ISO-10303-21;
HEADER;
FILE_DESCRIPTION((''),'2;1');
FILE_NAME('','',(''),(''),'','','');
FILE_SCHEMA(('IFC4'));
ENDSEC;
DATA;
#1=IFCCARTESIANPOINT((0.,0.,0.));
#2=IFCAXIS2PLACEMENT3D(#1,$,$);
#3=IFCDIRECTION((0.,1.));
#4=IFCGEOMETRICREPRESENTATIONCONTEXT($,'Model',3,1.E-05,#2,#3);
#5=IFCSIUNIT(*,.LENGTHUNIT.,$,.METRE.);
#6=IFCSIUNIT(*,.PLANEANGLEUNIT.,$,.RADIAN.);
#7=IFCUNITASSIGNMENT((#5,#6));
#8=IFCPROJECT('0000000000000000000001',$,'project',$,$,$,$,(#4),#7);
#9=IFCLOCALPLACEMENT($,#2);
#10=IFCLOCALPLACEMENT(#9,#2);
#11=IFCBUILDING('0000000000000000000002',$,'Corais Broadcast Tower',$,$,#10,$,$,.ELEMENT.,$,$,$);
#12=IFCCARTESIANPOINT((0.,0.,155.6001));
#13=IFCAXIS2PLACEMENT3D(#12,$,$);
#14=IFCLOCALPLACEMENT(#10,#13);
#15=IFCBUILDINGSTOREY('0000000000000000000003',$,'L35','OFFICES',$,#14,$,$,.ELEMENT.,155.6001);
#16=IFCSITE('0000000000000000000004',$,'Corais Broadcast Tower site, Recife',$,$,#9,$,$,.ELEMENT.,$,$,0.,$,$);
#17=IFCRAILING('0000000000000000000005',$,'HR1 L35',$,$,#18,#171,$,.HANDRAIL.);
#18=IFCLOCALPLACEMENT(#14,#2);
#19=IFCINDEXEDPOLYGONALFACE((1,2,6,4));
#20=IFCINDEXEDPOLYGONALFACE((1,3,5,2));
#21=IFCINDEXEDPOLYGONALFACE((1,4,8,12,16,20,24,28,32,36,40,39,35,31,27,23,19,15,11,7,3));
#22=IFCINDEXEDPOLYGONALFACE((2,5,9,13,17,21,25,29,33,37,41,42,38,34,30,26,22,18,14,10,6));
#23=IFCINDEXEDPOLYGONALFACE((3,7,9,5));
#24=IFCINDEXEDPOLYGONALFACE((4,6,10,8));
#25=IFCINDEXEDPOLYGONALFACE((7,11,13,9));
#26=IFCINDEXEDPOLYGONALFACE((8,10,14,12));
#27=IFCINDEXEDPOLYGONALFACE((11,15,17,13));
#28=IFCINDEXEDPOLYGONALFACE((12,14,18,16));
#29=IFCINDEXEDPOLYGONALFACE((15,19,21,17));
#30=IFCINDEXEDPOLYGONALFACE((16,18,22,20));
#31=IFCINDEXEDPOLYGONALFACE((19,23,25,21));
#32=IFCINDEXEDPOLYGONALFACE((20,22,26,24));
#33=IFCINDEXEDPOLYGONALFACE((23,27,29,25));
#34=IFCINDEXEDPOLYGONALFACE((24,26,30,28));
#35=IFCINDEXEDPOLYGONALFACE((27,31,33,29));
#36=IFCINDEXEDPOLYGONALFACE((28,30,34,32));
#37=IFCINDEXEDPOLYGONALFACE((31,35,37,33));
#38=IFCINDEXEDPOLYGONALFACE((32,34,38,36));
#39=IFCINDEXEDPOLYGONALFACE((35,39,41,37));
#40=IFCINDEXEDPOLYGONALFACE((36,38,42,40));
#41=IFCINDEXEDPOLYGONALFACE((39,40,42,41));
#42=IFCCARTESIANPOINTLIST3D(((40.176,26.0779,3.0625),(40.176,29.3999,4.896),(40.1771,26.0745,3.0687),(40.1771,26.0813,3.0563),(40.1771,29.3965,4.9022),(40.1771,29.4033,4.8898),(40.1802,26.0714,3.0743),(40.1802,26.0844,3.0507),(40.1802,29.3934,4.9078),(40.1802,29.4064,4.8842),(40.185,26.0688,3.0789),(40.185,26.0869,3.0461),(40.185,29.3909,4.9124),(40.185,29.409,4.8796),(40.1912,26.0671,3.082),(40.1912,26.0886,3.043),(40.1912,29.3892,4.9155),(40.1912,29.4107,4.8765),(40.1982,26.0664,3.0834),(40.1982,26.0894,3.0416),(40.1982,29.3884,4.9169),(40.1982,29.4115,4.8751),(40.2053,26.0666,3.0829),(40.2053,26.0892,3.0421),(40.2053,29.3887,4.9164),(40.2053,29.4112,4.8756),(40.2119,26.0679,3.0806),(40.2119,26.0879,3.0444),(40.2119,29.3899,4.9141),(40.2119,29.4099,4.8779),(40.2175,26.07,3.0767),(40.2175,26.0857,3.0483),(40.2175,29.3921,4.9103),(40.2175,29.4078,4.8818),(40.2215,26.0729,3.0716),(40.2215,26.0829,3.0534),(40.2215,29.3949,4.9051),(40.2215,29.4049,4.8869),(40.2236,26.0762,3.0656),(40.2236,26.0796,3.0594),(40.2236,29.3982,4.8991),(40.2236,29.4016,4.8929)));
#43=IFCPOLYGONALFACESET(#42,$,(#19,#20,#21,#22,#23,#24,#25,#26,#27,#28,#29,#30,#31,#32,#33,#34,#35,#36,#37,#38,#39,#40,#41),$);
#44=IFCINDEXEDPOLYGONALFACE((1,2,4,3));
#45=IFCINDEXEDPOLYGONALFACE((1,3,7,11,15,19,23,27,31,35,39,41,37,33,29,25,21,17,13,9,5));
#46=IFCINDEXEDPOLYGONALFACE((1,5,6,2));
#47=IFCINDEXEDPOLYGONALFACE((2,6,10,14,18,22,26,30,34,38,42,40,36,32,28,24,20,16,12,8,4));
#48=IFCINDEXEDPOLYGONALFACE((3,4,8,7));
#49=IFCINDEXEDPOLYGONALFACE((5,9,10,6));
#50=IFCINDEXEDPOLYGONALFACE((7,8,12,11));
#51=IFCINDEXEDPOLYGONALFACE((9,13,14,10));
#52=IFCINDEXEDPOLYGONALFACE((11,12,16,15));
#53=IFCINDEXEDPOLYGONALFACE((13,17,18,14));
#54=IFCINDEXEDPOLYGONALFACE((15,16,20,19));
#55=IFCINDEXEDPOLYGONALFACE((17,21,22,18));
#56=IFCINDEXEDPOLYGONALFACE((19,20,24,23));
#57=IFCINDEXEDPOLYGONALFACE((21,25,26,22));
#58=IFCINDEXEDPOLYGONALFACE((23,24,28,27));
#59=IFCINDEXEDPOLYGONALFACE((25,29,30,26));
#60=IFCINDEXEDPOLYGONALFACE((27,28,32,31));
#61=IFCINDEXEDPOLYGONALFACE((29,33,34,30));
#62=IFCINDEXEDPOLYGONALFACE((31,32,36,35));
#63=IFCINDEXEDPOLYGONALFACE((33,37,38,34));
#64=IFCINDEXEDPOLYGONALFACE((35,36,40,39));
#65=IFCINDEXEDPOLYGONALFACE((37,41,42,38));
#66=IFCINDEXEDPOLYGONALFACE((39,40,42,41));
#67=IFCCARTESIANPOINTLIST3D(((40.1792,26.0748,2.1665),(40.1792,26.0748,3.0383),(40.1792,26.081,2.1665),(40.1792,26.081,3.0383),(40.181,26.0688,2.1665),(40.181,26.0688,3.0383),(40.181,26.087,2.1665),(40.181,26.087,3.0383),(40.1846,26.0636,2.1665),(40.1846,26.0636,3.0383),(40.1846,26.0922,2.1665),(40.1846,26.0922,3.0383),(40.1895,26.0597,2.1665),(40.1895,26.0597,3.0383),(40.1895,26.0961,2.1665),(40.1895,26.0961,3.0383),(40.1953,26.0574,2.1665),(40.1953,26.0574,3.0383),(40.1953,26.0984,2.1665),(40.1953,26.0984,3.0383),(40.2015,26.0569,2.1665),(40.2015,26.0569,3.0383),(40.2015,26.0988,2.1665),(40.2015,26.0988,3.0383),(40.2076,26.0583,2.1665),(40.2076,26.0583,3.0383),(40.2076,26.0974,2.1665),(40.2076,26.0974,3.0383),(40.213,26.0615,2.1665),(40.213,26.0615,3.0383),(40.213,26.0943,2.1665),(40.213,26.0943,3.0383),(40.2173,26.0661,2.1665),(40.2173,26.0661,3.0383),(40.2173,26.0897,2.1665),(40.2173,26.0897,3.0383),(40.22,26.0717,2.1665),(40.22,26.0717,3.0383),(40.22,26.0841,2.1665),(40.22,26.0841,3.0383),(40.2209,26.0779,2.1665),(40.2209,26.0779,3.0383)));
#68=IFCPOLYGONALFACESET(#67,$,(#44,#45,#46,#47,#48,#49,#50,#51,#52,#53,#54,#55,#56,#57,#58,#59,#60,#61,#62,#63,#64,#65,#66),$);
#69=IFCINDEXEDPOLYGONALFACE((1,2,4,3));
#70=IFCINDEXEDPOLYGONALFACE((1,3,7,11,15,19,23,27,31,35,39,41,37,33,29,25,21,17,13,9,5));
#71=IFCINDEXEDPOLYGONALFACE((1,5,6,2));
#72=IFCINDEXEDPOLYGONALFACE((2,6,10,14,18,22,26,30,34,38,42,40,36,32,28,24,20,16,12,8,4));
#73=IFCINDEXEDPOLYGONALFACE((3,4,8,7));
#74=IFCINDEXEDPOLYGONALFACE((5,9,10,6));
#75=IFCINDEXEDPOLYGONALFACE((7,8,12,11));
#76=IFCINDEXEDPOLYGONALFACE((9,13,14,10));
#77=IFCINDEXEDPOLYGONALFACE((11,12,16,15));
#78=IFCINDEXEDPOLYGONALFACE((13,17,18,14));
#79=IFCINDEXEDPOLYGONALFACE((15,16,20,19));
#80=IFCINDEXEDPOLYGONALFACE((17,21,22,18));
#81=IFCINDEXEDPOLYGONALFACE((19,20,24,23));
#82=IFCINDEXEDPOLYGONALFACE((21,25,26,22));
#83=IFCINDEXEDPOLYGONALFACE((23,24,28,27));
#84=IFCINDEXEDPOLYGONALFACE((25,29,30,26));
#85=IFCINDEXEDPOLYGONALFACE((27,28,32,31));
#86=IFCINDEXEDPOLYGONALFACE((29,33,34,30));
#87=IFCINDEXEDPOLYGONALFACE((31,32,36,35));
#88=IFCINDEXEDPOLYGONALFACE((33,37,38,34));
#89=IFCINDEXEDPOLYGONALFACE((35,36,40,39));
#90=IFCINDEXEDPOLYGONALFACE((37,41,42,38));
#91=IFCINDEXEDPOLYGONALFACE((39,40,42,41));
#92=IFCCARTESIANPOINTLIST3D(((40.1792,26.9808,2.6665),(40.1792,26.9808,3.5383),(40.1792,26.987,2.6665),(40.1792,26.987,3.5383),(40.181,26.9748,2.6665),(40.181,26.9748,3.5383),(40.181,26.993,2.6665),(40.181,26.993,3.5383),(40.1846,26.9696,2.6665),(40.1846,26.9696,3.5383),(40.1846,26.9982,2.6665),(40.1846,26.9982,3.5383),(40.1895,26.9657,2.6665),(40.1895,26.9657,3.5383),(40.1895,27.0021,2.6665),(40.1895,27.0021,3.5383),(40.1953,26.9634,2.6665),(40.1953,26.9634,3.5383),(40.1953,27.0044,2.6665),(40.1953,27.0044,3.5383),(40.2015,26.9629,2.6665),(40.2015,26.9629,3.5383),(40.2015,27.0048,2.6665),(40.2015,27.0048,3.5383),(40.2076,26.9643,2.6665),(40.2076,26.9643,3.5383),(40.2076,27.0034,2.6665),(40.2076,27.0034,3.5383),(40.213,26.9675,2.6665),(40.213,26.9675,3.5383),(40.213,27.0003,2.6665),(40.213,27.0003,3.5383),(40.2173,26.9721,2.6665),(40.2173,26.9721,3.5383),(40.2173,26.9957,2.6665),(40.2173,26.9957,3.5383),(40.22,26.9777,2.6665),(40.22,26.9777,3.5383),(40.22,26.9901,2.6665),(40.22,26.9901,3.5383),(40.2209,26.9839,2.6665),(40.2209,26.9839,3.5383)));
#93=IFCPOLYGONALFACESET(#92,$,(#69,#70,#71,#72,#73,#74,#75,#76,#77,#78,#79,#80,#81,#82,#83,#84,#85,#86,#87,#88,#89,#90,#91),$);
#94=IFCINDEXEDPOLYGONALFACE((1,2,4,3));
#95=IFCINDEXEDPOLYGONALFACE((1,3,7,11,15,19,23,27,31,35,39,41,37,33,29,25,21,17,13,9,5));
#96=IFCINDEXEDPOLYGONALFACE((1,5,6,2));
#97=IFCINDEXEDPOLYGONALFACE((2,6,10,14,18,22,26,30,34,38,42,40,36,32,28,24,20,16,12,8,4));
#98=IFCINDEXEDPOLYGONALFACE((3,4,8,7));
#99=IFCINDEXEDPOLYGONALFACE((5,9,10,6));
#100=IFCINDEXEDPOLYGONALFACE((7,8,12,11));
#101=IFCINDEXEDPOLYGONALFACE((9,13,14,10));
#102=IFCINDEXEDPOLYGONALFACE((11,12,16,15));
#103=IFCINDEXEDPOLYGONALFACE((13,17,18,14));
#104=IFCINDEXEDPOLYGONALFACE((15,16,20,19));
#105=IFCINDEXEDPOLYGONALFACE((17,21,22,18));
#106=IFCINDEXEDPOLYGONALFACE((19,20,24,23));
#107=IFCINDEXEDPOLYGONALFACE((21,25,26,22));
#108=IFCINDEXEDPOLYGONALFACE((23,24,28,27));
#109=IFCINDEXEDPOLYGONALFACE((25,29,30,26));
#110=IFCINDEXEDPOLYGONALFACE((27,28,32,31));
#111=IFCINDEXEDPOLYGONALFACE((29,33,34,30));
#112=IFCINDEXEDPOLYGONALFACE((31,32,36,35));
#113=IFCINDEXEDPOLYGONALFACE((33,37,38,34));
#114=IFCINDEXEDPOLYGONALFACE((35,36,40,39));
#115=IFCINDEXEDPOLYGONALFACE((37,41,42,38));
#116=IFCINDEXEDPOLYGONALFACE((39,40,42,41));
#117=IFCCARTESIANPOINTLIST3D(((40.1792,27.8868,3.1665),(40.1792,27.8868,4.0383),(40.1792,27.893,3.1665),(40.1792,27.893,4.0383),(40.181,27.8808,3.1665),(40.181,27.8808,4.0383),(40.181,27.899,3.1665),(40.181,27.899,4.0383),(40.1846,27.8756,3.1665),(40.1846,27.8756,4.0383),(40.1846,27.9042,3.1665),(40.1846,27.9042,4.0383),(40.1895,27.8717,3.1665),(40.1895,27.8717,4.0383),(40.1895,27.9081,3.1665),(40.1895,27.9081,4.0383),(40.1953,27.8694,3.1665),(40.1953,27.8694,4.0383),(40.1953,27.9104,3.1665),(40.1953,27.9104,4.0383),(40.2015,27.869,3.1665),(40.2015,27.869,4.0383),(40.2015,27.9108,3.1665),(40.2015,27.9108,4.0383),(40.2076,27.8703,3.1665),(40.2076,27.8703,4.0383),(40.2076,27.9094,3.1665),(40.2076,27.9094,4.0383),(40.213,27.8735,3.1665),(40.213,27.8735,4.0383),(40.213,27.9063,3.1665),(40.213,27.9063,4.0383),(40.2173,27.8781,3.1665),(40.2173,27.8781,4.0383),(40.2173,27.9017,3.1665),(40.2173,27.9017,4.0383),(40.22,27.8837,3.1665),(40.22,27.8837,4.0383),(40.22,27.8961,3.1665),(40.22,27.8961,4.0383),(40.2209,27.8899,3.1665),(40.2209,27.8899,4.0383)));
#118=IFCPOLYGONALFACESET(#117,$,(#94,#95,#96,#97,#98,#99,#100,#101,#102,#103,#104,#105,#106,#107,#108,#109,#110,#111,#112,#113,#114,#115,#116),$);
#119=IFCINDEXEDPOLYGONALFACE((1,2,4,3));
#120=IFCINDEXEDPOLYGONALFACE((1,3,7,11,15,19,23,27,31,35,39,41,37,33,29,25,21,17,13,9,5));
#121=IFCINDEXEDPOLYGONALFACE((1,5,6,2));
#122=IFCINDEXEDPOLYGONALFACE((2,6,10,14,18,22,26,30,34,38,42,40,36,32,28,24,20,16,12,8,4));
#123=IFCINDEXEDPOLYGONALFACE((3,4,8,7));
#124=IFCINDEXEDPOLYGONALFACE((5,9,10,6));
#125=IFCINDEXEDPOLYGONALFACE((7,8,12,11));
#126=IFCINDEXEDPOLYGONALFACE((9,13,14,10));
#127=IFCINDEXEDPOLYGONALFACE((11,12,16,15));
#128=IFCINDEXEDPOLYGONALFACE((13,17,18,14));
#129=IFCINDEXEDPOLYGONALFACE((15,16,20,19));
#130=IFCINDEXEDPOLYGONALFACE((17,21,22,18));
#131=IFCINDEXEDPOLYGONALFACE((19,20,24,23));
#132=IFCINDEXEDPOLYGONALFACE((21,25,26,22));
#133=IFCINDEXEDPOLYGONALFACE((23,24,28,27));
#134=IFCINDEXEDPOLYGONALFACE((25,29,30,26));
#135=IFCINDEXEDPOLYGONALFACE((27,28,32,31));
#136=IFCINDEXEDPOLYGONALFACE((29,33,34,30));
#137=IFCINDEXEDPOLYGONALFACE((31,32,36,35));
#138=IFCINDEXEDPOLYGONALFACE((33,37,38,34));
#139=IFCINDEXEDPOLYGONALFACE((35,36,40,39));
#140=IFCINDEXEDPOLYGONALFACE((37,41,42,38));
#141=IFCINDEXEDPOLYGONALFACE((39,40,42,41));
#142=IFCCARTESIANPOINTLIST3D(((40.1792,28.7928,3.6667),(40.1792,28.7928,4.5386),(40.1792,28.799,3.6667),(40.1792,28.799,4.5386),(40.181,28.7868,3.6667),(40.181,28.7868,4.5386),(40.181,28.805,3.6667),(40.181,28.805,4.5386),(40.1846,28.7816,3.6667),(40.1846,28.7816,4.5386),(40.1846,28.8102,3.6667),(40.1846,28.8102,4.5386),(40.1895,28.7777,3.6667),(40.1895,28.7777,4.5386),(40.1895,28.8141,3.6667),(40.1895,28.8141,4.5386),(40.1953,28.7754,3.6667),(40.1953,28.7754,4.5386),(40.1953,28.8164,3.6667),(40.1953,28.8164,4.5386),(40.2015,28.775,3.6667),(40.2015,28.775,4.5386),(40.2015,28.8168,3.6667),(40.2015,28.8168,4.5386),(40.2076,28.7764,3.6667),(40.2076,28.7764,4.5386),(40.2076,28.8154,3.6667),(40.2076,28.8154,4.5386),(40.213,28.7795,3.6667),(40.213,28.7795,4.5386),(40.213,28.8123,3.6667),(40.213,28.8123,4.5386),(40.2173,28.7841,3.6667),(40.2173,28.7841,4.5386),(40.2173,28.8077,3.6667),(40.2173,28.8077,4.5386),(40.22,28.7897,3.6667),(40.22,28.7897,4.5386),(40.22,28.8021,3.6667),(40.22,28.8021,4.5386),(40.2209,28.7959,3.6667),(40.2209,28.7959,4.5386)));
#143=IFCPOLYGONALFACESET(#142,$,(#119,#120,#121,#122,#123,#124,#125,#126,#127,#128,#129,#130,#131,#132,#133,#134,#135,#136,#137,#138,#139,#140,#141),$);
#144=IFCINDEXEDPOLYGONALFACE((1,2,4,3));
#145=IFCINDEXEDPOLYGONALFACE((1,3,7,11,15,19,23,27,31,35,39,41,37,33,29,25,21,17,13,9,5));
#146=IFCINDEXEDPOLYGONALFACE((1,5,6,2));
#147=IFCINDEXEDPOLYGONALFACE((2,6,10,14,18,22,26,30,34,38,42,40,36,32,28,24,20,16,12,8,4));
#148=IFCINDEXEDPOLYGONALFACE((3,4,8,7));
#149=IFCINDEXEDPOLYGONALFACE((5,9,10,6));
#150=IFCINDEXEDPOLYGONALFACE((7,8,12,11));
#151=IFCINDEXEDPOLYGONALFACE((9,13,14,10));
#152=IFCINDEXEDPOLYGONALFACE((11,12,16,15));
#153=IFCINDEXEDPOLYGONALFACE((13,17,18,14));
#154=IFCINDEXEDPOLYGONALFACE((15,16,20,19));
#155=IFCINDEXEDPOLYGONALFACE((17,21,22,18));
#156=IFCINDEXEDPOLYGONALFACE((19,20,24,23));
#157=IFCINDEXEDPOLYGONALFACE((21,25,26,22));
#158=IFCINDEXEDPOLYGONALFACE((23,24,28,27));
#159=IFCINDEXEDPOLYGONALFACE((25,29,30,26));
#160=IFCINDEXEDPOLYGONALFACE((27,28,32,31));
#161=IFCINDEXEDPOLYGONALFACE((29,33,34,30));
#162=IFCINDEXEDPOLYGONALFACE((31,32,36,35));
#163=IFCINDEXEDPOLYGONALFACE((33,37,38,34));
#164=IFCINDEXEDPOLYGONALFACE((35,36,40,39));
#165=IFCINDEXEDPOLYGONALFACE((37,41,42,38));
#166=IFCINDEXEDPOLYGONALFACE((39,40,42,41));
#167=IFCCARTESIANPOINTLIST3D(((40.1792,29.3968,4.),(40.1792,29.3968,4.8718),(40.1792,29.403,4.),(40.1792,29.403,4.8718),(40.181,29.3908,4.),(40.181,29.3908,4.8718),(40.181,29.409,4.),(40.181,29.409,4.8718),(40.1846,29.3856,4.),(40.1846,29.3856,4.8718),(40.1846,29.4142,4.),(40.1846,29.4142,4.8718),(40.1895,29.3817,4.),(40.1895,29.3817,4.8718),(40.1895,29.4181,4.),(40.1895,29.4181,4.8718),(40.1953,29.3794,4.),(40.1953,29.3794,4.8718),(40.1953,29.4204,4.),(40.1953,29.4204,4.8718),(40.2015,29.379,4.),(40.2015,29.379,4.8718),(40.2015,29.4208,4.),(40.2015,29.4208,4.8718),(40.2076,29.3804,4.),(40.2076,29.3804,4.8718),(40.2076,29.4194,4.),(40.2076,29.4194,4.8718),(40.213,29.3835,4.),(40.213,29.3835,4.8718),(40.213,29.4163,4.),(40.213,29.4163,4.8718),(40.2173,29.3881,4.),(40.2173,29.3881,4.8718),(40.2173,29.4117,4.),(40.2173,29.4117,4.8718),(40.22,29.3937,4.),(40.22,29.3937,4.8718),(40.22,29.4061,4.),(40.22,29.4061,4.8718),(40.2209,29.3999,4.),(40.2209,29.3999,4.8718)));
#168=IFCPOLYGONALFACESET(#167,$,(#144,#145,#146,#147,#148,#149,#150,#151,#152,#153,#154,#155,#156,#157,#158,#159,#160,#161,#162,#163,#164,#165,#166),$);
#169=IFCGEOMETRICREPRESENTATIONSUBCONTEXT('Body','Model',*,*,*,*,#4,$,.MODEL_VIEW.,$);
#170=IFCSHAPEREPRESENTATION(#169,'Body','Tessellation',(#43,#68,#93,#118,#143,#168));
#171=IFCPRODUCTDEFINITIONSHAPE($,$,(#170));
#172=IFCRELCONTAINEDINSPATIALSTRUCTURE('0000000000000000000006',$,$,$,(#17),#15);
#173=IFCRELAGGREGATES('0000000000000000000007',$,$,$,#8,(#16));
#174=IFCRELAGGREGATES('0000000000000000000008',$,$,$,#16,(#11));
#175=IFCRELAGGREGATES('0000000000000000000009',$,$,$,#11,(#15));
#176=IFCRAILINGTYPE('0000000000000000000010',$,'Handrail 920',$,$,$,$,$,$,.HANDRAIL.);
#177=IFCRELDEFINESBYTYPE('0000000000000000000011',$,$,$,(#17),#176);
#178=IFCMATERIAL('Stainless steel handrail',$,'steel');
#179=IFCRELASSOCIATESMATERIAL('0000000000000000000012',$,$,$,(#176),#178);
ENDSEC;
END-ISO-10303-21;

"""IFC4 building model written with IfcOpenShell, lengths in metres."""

from ifc_helpers import new_model, si_unit, direction, frame, origin, origin_2d, place, context, subcontext, project, spatial, circle, extrude, material, type_object, element, save


model = new_model("IFC4")

# Units and contexts
model_context = context("Model", 3, precision=1e-05, world=origin(), true_north=direction((0.0, 1.0)))
body_context = subcontext(model_context, "Body", "Model", "MODEL_VIEW")
ifc_project = project(units=[si_unit("LENGTHUNIT", "METRE"), si_unit("PLANEANGLEUNIT", "RADIAN")], contexts=[model_context])

# Site, building, storey
site_placement = place(None, origin())
site = spatial("IfcSite", under=ifc_project, at=site_placement, Name="Corais Broadcast Tower site, Recife", CompositionType="ELEMENT", RefElevation=0.0)
building_placement = place(site_placement, origin())
building = spatial("IfcBuilding", under=site, at=building_placement, Name="Corais Broadcast Tower", CompositionType="ELEMENT")
storey_placement = place(building_placement, frame((0.0, 0.0, 155.6001)))
storey = spatial("IfcBuildingStorey", under=building, at=storey_placement, Name="L35", Description="OFFICES", CompositionType="ELEMENT", Elevation=155.6001)

# Railing
ifc_material_1 = material(Name="Stainless steel handrail", Category="steel")
railing_type = type_object("IfcRailingType", Name="Handrail 920", PredefinedType="HANDRAIL", material=ifc_material_1)
for number, where, name in (
    (1, (40.2, 26.0779, 2.1665), "HR1 L35"),
):
    element("IfcRailing", number, at=place(storey_placement, frame(where)), inside=storey, type_object=railing_type, Name=name, PredefinedType="HANDRAIL", context=body_context, shape_type="SweptSolid", body=[
        extrude(circle(Radius=0.0239, at=origin_2d()), frame((0.0, 0.0, 0.896), z_axis=(0.0, 0.875504, 0.48321), x_axis=(-1.0, 0.0, 0.0)), (0.0, 0.0, 1.0), 3.7944),
        extrude(circle(Radius=0.021, at=origin_2d()), origin(), (0.0, 0.0, 1.0), 0.8718),
        extrude(circle(Radius=0.021, at=origin_2d()), frame((0.0, 0.906, 0.5)), (0.0, 0.0, 1.0), 0.8718),
        extrude(circle(Radius=0.021, at=origin_2d()), frame((0.0, 1.812, 1.0)), (0.0, 0.0, 1.0), 0.8718),
        extrude(circle(Radius=0.021, at=origin_2d()), frame((0.0, 2.718, 1.5002)), (0.0, 0.0, 1.0), 0.8718),
        extrude(circle(Radius=0.021, at=origin_2d()), frame((0.0, 3.322, 1.8335)), (0.0, 0.0, 1.0), 0.8718),
    ])

save(model, "model.ifc")
